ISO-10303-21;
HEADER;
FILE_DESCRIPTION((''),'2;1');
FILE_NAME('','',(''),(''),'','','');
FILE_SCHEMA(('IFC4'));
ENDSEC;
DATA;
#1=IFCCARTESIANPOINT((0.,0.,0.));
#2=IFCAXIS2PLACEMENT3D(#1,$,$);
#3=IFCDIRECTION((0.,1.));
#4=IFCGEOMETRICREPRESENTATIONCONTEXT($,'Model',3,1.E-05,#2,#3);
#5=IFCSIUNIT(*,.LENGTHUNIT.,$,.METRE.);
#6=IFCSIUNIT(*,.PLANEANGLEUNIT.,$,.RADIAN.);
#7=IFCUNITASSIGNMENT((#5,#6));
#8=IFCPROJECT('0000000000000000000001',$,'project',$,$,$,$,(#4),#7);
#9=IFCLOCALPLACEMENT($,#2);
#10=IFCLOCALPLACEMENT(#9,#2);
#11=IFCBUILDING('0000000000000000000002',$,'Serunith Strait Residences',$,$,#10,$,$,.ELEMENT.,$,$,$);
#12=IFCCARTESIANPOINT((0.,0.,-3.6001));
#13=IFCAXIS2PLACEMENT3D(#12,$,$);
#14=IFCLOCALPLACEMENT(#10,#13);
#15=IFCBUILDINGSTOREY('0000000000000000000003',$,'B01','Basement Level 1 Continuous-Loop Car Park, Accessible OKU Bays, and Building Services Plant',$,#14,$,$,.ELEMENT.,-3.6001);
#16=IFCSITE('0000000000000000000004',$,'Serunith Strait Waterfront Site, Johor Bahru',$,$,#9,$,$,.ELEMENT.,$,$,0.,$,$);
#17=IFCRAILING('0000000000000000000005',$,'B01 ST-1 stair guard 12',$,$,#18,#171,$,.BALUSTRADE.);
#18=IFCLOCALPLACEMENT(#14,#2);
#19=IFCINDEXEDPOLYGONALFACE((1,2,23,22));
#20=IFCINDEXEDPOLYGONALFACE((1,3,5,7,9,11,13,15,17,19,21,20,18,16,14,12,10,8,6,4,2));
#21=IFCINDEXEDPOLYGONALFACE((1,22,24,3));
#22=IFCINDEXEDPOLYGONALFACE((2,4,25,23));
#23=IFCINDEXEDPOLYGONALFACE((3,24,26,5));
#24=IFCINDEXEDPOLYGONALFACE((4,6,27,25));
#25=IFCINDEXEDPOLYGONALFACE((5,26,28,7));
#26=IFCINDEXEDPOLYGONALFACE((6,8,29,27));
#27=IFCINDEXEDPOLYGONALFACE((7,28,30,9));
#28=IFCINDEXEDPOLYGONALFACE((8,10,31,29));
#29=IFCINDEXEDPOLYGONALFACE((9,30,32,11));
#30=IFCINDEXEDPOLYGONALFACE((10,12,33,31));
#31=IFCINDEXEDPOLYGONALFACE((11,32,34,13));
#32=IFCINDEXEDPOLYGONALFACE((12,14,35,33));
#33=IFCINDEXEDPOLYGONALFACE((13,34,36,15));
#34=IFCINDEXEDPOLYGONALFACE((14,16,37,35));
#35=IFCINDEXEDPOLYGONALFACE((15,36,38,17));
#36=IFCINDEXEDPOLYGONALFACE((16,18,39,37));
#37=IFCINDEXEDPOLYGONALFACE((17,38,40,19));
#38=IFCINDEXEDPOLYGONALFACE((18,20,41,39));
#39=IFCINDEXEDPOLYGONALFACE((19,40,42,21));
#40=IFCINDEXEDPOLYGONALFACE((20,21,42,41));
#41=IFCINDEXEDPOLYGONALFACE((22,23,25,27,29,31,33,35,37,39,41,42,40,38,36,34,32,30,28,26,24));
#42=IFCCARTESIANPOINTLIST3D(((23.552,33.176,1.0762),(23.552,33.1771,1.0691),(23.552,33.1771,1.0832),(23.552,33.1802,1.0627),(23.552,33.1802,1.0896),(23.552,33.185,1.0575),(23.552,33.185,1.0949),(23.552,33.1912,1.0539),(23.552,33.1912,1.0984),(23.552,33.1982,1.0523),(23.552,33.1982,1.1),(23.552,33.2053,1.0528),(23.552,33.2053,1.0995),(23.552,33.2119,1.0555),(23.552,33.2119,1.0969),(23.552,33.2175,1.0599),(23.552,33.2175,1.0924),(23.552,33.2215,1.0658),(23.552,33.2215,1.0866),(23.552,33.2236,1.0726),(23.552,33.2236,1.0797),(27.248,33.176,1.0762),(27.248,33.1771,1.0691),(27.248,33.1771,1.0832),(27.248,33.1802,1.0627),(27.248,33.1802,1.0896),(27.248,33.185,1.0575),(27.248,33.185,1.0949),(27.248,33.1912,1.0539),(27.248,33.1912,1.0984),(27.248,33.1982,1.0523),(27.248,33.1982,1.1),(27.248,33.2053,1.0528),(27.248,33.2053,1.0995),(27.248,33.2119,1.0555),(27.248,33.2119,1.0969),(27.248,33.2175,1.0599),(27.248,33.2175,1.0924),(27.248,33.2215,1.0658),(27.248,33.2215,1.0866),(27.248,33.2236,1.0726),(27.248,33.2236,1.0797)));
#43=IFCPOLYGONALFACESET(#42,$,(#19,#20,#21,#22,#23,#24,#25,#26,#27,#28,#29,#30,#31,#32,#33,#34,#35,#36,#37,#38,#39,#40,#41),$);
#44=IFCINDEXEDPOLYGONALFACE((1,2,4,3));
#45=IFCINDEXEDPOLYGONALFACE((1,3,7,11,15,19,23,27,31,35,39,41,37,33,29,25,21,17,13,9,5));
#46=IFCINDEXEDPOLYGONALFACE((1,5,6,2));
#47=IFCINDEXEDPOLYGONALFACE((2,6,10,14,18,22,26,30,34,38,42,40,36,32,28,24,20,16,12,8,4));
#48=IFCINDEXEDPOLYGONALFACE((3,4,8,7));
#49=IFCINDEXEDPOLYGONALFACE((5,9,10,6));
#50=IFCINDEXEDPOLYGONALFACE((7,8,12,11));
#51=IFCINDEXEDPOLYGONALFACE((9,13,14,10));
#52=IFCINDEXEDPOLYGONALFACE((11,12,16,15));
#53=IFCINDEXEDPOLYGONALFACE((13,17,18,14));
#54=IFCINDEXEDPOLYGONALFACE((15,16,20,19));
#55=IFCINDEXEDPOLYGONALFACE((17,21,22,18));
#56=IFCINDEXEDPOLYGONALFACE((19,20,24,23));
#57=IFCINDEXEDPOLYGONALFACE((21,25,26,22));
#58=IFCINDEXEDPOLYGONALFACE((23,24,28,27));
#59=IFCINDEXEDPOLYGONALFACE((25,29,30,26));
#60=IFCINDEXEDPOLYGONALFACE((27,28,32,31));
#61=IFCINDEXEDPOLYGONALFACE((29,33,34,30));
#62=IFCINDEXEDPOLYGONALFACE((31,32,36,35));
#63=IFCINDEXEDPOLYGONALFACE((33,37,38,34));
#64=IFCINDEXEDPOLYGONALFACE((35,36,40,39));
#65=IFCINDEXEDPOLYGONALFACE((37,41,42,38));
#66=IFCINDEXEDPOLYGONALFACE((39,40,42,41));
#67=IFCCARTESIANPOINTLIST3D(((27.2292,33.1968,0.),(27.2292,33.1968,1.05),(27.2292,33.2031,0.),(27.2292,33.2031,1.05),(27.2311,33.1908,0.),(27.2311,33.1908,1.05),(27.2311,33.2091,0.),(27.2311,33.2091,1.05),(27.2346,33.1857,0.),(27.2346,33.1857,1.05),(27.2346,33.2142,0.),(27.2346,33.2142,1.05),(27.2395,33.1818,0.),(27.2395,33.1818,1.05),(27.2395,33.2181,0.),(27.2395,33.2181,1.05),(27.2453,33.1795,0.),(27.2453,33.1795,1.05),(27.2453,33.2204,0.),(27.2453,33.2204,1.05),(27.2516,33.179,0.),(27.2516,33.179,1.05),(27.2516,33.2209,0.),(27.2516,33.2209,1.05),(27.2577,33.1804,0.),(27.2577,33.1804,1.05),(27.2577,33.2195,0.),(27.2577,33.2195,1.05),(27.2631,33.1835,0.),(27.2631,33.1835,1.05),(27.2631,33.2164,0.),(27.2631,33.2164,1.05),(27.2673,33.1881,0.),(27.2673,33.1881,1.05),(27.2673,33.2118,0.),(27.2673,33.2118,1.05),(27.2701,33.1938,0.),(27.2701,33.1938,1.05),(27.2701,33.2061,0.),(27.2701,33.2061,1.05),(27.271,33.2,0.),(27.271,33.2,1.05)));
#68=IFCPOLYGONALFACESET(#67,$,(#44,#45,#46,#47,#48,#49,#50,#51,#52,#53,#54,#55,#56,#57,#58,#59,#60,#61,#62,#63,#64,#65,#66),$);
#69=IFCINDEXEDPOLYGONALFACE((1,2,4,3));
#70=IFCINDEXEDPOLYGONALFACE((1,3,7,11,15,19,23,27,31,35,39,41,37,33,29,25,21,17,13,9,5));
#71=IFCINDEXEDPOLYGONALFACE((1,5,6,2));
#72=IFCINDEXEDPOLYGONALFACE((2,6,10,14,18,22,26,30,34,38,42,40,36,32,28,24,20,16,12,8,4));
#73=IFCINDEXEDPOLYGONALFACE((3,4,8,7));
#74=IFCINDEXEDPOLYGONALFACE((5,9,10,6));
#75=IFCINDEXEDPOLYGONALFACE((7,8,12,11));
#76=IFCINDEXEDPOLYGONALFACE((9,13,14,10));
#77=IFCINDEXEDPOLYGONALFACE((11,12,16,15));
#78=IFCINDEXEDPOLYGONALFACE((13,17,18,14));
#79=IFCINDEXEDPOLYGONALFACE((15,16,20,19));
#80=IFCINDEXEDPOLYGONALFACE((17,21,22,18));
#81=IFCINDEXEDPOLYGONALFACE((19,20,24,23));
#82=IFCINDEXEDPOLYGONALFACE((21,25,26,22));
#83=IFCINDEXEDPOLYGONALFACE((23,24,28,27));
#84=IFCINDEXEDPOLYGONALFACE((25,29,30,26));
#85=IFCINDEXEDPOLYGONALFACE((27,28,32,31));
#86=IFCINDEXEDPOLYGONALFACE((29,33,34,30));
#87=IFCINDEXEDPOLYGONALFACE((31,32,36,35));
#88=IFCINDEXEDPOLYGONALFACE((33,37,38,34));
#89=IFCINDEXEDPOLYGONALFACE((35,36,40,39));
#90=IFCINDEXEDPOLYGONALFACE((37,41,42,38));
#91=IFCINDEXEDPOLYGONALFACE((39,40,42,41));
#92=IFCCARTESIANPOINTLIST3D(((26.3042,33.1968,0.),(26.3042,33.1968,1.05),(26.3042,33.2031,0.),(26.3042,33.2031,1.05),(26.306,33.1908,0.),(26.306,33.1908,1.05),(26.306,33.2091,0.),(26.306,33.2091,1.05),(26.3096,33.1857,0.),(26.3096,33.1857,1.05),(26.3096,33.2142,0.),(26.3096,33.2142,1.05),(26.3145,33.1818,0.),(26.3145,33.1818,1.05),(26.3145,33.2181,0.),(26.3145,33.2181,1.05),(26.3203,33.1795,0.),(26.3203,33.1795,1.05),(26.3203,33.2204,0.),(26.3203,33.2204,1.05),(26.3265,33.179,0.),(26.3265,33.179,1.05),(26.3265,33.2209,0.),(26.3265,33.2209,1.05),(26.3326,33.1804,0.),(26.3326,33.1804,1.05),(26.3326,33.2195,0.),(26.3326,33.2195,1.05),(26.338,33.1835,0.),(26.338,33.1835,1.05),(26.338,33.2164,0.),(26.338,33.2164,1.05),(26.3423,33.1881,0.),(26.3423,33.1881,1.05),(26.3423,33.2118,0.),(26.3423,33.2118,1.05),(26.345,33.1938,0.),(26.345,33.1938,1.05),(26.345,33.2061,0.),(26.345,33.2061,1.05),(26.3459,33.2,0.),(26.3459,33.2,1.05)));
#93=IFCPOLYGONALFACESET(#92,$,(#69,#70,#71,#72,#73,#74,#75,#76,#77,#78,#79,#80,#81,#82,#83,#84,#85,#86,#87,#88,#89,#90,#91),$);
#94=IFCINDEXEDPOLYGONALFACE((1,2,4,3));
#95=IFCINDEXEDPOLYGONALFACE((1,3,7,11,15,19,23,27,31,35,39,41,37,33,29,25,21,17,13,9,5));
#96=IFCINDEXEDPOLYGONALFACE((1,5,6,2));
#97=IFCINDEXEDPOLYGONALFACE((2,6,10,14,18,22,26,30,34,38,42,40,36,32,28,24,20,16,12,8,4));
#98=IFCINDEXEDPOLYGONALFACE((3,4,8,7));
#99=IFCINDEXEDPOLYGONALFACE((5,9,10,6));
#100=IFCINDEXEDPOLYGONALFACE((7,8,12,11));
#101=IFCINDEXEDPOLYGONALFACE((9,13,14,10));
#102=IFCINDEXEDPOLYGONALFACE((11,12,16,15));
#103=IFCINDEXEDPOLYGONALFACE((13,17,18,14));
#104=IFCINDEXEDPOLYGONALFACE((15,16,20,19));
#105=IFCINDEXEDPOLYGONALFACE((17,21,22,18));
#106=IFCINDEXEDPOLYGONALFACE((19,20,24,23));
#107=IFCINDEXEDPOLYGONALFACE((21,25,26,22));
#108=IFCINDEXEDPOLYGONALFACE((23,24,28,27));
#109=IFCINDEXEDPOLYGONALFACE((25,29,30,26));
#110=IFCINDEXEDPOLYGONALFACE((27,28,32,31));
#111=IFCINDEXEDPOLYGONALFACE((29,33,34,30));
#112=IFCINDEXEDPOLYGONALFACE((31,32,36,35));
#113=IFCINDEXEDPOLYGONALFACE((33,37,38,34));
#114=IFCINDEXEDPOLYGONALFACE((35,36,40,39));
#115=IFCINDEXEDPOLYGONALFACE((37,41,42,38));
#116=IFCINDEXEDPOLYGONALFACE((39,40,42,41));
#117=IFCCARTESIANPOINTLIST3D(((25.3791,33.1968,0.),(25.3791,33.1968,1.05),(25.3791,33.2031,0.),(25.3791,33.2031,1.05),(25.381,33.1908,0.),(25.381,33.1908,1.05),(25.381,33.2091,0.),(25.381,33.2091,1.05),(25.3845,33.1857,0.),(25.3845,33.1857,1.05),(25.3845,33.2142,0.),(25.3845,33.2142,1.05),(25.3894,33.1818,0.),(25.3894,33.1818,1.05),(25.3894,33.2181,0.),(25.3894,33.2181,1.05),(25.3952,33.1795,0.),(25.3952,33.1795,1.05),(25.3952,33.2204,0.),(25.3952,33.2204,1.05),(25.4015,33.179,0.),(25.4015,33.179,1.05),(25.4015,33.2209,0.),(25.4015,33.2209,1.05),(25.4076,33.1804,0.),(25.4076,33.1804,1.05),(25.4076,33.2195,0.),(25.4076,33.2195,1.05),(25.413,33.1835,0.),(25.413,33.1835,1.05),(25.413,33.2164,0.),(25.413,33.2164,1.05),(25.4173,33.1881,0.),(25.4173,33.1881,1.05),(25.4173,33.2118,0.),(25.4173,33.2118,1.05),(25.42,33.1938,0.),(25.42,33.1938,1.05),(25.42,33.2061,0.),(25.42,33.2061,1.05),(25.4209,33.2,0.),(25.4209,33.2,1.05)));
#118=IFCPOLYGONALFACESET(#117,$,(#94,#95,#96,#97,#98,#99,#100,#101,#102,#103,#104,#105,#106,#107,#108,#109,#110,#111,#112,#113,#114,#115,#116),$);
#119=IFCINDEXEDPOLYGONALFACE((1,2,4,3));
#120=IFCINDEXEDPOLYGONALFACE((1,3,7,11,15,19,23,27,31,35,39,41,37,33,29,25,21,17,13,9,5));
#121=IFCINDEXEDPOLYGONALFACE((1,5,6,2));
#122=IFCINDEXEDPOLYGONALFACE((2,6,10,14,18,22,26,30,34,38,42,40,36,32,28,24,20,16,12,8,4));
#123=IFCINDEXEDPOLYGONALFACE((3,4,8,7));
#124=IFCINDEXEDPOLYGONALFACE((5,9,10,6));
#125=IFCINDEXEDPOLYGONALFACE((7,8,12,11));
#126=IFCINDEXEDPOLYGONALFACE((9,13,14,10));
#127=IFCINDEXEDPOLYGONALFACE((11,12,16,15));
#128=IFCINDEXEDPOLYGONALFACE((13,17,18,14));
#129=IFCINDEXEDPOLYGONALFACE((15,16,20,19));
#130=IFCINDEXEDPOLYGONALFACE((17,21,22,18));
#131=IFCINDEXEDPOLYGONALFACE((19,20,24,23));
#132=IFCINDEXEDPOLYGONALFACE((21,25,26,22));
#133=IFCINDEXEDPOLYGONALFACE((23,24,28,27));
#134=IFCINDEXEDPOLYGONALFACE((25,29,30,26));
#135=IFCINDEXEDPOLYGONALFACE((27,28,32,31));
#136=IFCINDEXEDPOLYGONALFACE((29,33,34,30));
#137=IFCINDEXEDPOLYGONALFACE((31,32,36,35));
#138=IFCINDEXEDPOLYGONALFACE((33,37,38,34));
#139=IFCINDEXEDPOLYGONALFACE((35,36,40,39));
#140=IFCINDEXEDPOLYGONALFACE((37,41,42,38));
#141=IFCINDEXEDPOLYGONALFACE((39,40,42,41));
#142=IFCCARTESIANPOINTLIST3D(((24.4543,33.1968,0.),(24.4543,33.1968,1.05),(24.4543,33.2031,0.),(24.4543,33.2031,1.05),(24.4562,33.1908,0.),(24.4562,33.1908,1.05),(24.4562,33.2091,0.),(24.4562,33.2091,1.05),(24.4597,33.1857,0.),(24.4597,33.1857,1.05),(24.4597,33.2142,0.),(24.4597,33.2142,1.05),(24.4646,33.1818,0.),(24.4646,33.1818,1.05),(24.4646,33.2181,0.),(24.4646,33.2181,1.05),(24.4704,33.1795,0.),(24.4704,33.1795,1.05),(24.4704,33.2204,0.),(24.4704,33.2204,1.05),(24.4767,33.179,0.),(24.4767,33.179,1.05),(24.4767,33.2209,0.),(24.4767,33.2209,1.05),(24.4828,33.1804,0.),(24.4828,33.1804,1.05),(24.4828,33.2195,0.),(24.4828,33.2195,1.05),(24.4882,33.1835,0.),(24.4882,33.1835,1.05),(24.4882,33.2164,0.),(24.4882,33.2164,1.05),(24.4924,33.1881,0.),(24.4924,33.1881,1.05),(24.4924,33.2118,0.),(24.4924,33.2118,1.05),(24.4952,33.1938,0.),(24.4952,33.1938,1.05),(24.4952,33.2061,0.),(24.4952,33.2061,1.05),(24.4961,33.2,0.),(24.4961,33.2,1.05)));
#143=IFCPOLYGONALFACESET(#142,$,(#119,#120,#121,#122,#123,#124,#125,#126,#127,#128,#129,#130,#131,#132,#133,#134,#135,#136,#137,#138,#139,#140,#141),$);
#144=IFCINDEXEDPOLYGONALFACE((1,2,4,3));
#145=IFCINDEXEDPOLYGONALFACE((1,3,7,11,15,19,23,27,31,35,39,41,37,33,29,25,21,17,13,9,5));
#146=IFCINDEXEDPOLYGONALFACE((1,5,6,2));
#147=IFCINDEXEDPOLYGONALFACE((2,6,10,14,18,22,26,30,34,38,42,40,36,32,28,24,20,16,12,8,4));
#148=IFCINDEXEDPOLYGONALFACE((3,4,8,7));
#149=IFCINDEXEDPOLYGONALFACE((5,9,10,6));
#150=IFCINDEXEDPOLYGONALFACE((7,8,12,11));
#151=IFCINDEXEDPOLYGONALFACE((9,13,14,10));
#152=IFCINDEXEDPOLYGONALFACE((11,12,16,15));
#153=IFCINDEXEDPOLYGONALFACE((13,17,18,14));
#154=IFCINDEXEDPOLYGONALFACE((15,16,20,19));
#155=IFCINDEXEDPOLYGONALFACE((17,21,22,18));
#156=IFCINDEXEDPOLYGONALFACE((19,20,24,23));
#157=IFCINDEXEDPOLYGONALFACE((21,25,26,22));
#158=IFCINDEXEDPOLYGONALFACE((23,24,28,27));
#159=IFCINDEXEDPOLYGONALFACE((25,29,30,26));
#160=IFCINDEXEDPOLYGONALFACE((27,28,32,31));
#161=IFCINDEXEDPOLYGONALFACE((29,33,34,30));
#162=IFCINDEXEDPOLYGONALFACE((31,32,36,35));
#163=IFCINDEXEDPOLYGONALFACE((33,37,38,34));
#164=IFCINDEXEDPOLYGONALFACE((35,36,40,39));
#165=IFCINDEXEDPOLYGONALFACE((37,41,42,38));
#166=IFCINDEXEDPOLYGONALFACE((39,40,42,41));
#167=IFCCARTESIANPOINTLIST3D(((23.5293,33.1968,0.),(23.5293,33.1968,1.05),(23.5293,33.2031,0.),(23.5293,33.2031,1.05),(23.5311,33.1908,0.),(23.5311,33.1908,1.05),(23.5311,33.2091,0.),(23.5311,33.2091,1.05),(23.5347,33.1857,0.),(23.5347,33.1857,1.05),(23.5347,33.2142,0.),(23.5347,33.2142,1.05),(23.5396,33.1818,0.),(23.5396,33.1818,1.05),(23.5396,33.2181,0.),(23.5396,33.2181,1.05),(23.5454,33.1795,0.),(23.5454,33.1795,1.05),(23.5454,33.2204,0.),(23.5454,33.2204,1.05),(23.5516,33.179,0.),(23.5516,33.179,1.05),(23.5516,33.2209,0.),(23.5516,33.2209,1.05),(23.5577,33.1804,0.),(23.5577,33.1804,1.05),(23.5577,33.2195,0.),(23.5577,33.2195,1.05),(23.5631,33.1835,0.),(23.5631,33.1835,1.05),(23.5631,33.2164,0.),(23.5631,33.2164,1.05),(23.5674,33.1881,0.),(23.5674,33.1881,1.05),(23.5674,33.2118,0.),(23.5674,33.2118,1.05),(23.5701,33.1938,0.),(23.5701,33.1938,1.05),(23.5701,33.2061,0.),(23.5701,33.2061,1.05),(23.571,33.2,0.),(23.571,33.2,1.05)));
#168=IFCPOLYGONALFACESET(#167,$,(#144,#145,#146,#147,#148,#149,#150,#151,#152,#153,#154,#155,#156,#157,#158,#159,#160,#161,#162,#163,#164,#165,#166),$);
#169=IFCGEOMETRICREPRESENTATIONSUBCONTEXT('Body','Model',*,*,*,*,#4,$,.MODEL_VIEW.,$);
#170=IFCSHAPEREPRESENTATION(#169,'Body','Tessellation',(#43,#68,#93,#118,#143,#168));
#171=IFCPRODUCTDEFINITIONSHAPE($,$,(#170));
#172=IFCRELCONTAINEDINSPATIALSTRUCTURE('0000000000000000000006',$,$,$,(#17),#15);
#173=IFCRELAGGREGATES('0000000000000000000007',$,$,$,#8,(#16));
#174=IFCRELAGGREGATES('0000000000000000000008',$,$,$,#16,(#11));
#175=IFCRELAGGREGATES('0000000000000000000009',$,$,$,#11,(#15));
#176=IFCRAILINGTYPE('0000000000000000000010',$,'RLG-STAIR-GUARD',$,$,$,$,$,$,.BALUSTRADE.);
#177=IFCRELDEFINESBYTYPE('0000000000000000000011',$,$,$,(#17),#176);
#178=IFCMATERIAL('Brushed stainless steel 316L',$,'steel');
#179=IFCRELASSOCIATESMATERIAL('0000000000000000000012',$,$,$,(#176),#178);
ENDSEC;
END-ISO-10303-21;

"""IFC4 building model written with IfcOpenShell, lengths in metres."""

from ifc_helpers import new_model, si_unit, direction, frame, origin, origin_2d, place, context, subcontext, project, spatial, circle, extrude, material, type_object, element, save


model = new_model("IFC4")

# Units and contexts
model_context = context("Model", 3, precision=1e-05, world=origin(), true_north=direction((0.0, 1.0)))
body_context = subcontext(model_context, "Body", "Model", "MODEL_VIEW")
ifc_project = project(units=[si_unit("LENGTHUNIT", "METRE"), si_unit("PLANEANGLEUNIT", "RADIAN")], contexts=[model_context])

# Site, building, storey
site_placement = place(None, origin())
site = spatial("IfcSite", under=ifc_project, at=site_placement, Name="Serunith Strait Waterfront Site, Johor Bahru", CompositionType="ELEMENT", RefElevation=0.0)
building_placement = place(site_placement, origin())
building = spatial("IfcBuilding", under=site, at=building_placement, Name="Serunith Strait Residences", CompositionType="ELEMENT")
storey_placement = place(building_placement, frame((0.0, 0.0, -3.6001)))
storey = spatial("IfcBuildingStorey", under=building, at=storey_placement, Name="B01", Description="Basement Level 1 Continuous-Loop Car Park, Accessible OKU Bays, and Building Services Plant", CompositionType="ELEMENT", Elevation=-3.6001)

# Railing
ifc_material_1 = material(Name="Brushed stainless steel 316L", Category="steel")
railing_type_1 = type_object("IfcRailingType", Name="RLG-STAIR-GUARD", PredefinedType="BALUSTRADE", material=ifc_material_1)
railing_1_placement = place(storey_placement, frame((27.25, 33.2, 0.0)))
element("IfcRailing", 1, at=railing_1_placement, inside=storey, type_object=railing_type_1, Name="B01 ST-1 stair guard 12", PredefinedType="BALUSTRADE", context=body_context, shape_type="SweptSolid", body=[
    extrude(circle(Radius=0.0239, at=origin_2d()), frame((-0.002, 0.0, 1.0762), z_axis=(-1.0, 0.0, 0.0), x_axis=(0.0, -1.0, 0.0)), (0.0, 0.0, 1.0), 3.696),
    extrude(circle(Radius=0.021, at=origin_2d()), origin(), (0.0, 0.0, 1.0), 1.05),
    extrude(circle(Radius=0.021, at=origin_2d()), frame((-0.925, 0.0, 0.0)), (0.0, 0.0, 1.0), 1.05),
    extrude(circle(Radius=0.021, at=origin_2d()), frame((-1.8501, 0.0, 0.0)), (0.0, 0.0, 1.0), 1.05),
    extrude(circle(Radius=0.021, at=origin_2d()), frame((-2.7749, 0.0, 0.0)), (0.0, 0.0, 1.0), 1.05),
    extrude(circle(Radius=0.021, at=origin_2d()), frame((-3.7, 0.0, 0.0)), (0.0, 0.0, 1.0), 1.05),
])

save(model, "model.ifc")
